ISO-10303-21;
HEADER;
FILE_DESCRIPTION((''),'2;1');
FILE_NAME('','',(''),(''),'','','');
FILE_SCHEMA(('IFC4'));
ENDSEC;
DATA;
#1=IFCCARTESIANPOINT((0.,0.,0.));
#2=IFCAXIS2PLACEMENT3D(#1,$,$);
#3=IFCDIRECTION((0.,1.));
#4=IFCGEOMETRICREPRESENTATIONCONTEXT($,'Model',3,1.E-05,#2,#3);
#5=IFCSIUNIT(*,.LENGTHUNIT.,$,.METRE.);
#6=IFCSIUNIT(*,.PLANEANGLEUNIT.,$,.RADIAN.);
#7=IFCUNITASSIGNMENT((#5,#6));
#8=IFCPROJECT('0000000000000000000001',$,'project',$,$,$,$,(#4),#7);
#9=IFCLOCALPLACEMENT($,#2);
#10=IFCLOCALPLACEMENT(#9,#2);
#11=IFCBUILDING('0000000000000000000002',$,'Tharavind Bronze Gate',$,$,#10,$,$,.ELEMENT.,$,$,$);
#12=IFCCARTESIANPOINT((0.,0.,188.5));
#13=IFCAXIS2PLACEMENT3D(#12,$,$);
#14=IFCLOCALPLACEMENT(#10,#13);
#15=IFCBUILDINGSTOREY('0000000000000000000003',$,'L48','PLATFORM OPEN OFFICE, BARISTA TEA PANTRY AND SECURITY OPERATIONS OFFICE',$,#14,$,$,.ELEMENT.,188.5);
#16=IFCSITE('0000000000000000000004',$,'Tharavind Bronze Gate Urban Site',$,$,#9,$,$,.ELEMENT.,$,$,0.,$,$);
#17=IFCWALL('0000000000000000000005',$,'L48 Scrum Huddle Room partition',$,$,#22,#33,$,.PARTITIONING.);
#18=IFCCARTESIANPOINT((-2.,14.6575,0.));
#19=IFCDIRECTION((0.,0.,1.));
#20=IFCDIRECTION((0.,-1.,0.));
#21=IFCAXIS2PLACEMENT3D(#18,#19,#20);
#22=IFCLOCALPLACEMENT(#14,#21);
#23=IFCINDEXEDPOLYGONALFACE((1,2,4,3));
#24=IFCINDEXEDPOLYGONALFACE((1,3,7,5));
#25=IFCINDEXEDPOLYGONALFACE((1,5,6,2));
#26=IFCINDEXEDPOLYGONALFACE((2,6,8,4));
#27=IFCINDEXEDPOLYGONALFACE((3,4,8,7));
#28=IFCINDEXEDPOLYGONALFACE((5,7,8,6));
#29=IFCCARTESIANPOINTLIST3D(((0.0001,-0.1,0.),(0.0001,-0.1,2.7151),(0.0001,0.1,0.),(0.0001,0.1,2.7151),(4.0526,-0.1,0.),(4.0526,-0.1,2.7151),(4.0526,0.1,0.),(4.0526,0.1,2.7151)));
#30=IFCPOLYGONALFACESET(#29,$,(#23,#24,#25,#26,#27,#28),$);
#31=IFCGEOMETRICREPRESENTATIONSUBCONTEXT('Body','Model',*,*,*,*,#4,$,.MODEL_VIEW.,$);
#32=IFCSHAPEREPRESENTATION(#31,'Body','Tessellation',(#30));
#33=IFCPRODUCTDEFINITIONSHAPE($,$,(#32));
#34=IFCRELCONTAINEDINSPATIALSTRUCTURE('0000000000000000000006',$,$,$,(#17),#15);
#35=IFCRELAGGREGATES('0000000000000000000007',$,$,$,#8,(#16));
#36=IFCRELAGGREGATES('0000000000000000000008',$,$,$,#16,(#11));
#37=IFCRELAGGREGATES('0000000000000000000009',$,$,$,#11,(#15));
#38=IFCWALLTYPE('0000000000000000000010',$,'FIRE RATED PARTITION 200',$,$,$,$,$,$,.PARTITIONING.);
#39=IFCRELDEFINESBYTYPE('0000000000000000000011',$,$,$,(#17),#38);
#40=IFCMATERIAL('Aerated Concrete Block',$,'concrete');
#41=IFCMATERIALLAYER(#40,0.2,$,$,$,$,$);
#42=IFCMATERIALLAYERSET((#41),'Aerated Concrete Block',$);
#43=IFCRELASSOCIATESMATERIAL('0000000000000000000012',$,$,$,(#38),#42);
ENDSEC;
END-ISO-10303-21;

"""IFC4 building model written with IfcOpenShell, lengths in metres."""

from ifc_helpers import new_model, si_unit, direction, frame, frame_2d, origin, place, context, subcontext, project, spatial, rectangle, extrude, material, layer, layer_set, type_object, element, save


model = new_model("IFC4")

# Units and contexts
model_context = context("Model", 3, precision=1e-05, world=origin(), true_north=direction((0.0, 1.0)))
body_context = subcontext(model_context, "Body", "Model", "MODEL_VIEW")
ifc_project = project(units=[si_unit("LENGTHUNIT", "METRE"), si_unit("PLANEANGLEUNIT", "RADIAN")], contexts=[model_context])

# Site, building, storey
site_placement = place(None, origin())
site = spatial("IfcSite", under=ifc_project, at=site_placement, Name="Tharavind Bronze Gate Urban Site", CompositionType="ELEMENT", RefElevation=0.0)
building_placement = place(site_placement, origin())
building = spatial("IfcBuilding", under=site, at=building_placement, Name="Tharavind Bronze Gate", CompositionType="ELEMENT")
storey_placement = place(building_placement, frame((0.0, 0.0, 188.5)))
storey = spatial("IfcBuildingStorey", under=building, at=storey_placement, Name="L48", Description="PLATFORM OPEN OFFICE, BARISTA TEA PANTRY AND SECURITY OPERATIONS OFFICE", CompositionType="ELEMENT", Elevation=188.5)

# Wall
ifc_material_1 = material(Name="Aerated Concrete Block", Category="concrete")
ifc_layer_1 = layer(ifc_material_1, 0.2)
ifc_layer_set_1 = layer_set([ifc_layer_1], Name="Aerated Concrete Block")
wall_type_1 = type_object("IfcWallType", Name="FIRE RATED PARTITION 200", PredefinedType="PARTITIONING", material=ifc_layer_set_1)
wall_1_placement = place(storey_placement, frame((-2.0, 14.6575, 0.0), z_axis=(0.0, 0.0, 1.0), x_axis=(0.0, -1.0, 0.0)))
element("IfcWall", 1, at=wall_1_placement, inside=storey, type_object=wall_type_1, Name="L48 Scrum Huddle Room partition", PredefinedType="PARTITIONING", context=body_context, shape_type="SweptSolid", body=[
    extrude(rectangle(XDim=4.0525, YDim=0.2, at=frame_2d((2.0264, 0.0))), origin(), (0.0, 0.0, 1.0), 2.7151),
])

save(model, "model.ifc")
